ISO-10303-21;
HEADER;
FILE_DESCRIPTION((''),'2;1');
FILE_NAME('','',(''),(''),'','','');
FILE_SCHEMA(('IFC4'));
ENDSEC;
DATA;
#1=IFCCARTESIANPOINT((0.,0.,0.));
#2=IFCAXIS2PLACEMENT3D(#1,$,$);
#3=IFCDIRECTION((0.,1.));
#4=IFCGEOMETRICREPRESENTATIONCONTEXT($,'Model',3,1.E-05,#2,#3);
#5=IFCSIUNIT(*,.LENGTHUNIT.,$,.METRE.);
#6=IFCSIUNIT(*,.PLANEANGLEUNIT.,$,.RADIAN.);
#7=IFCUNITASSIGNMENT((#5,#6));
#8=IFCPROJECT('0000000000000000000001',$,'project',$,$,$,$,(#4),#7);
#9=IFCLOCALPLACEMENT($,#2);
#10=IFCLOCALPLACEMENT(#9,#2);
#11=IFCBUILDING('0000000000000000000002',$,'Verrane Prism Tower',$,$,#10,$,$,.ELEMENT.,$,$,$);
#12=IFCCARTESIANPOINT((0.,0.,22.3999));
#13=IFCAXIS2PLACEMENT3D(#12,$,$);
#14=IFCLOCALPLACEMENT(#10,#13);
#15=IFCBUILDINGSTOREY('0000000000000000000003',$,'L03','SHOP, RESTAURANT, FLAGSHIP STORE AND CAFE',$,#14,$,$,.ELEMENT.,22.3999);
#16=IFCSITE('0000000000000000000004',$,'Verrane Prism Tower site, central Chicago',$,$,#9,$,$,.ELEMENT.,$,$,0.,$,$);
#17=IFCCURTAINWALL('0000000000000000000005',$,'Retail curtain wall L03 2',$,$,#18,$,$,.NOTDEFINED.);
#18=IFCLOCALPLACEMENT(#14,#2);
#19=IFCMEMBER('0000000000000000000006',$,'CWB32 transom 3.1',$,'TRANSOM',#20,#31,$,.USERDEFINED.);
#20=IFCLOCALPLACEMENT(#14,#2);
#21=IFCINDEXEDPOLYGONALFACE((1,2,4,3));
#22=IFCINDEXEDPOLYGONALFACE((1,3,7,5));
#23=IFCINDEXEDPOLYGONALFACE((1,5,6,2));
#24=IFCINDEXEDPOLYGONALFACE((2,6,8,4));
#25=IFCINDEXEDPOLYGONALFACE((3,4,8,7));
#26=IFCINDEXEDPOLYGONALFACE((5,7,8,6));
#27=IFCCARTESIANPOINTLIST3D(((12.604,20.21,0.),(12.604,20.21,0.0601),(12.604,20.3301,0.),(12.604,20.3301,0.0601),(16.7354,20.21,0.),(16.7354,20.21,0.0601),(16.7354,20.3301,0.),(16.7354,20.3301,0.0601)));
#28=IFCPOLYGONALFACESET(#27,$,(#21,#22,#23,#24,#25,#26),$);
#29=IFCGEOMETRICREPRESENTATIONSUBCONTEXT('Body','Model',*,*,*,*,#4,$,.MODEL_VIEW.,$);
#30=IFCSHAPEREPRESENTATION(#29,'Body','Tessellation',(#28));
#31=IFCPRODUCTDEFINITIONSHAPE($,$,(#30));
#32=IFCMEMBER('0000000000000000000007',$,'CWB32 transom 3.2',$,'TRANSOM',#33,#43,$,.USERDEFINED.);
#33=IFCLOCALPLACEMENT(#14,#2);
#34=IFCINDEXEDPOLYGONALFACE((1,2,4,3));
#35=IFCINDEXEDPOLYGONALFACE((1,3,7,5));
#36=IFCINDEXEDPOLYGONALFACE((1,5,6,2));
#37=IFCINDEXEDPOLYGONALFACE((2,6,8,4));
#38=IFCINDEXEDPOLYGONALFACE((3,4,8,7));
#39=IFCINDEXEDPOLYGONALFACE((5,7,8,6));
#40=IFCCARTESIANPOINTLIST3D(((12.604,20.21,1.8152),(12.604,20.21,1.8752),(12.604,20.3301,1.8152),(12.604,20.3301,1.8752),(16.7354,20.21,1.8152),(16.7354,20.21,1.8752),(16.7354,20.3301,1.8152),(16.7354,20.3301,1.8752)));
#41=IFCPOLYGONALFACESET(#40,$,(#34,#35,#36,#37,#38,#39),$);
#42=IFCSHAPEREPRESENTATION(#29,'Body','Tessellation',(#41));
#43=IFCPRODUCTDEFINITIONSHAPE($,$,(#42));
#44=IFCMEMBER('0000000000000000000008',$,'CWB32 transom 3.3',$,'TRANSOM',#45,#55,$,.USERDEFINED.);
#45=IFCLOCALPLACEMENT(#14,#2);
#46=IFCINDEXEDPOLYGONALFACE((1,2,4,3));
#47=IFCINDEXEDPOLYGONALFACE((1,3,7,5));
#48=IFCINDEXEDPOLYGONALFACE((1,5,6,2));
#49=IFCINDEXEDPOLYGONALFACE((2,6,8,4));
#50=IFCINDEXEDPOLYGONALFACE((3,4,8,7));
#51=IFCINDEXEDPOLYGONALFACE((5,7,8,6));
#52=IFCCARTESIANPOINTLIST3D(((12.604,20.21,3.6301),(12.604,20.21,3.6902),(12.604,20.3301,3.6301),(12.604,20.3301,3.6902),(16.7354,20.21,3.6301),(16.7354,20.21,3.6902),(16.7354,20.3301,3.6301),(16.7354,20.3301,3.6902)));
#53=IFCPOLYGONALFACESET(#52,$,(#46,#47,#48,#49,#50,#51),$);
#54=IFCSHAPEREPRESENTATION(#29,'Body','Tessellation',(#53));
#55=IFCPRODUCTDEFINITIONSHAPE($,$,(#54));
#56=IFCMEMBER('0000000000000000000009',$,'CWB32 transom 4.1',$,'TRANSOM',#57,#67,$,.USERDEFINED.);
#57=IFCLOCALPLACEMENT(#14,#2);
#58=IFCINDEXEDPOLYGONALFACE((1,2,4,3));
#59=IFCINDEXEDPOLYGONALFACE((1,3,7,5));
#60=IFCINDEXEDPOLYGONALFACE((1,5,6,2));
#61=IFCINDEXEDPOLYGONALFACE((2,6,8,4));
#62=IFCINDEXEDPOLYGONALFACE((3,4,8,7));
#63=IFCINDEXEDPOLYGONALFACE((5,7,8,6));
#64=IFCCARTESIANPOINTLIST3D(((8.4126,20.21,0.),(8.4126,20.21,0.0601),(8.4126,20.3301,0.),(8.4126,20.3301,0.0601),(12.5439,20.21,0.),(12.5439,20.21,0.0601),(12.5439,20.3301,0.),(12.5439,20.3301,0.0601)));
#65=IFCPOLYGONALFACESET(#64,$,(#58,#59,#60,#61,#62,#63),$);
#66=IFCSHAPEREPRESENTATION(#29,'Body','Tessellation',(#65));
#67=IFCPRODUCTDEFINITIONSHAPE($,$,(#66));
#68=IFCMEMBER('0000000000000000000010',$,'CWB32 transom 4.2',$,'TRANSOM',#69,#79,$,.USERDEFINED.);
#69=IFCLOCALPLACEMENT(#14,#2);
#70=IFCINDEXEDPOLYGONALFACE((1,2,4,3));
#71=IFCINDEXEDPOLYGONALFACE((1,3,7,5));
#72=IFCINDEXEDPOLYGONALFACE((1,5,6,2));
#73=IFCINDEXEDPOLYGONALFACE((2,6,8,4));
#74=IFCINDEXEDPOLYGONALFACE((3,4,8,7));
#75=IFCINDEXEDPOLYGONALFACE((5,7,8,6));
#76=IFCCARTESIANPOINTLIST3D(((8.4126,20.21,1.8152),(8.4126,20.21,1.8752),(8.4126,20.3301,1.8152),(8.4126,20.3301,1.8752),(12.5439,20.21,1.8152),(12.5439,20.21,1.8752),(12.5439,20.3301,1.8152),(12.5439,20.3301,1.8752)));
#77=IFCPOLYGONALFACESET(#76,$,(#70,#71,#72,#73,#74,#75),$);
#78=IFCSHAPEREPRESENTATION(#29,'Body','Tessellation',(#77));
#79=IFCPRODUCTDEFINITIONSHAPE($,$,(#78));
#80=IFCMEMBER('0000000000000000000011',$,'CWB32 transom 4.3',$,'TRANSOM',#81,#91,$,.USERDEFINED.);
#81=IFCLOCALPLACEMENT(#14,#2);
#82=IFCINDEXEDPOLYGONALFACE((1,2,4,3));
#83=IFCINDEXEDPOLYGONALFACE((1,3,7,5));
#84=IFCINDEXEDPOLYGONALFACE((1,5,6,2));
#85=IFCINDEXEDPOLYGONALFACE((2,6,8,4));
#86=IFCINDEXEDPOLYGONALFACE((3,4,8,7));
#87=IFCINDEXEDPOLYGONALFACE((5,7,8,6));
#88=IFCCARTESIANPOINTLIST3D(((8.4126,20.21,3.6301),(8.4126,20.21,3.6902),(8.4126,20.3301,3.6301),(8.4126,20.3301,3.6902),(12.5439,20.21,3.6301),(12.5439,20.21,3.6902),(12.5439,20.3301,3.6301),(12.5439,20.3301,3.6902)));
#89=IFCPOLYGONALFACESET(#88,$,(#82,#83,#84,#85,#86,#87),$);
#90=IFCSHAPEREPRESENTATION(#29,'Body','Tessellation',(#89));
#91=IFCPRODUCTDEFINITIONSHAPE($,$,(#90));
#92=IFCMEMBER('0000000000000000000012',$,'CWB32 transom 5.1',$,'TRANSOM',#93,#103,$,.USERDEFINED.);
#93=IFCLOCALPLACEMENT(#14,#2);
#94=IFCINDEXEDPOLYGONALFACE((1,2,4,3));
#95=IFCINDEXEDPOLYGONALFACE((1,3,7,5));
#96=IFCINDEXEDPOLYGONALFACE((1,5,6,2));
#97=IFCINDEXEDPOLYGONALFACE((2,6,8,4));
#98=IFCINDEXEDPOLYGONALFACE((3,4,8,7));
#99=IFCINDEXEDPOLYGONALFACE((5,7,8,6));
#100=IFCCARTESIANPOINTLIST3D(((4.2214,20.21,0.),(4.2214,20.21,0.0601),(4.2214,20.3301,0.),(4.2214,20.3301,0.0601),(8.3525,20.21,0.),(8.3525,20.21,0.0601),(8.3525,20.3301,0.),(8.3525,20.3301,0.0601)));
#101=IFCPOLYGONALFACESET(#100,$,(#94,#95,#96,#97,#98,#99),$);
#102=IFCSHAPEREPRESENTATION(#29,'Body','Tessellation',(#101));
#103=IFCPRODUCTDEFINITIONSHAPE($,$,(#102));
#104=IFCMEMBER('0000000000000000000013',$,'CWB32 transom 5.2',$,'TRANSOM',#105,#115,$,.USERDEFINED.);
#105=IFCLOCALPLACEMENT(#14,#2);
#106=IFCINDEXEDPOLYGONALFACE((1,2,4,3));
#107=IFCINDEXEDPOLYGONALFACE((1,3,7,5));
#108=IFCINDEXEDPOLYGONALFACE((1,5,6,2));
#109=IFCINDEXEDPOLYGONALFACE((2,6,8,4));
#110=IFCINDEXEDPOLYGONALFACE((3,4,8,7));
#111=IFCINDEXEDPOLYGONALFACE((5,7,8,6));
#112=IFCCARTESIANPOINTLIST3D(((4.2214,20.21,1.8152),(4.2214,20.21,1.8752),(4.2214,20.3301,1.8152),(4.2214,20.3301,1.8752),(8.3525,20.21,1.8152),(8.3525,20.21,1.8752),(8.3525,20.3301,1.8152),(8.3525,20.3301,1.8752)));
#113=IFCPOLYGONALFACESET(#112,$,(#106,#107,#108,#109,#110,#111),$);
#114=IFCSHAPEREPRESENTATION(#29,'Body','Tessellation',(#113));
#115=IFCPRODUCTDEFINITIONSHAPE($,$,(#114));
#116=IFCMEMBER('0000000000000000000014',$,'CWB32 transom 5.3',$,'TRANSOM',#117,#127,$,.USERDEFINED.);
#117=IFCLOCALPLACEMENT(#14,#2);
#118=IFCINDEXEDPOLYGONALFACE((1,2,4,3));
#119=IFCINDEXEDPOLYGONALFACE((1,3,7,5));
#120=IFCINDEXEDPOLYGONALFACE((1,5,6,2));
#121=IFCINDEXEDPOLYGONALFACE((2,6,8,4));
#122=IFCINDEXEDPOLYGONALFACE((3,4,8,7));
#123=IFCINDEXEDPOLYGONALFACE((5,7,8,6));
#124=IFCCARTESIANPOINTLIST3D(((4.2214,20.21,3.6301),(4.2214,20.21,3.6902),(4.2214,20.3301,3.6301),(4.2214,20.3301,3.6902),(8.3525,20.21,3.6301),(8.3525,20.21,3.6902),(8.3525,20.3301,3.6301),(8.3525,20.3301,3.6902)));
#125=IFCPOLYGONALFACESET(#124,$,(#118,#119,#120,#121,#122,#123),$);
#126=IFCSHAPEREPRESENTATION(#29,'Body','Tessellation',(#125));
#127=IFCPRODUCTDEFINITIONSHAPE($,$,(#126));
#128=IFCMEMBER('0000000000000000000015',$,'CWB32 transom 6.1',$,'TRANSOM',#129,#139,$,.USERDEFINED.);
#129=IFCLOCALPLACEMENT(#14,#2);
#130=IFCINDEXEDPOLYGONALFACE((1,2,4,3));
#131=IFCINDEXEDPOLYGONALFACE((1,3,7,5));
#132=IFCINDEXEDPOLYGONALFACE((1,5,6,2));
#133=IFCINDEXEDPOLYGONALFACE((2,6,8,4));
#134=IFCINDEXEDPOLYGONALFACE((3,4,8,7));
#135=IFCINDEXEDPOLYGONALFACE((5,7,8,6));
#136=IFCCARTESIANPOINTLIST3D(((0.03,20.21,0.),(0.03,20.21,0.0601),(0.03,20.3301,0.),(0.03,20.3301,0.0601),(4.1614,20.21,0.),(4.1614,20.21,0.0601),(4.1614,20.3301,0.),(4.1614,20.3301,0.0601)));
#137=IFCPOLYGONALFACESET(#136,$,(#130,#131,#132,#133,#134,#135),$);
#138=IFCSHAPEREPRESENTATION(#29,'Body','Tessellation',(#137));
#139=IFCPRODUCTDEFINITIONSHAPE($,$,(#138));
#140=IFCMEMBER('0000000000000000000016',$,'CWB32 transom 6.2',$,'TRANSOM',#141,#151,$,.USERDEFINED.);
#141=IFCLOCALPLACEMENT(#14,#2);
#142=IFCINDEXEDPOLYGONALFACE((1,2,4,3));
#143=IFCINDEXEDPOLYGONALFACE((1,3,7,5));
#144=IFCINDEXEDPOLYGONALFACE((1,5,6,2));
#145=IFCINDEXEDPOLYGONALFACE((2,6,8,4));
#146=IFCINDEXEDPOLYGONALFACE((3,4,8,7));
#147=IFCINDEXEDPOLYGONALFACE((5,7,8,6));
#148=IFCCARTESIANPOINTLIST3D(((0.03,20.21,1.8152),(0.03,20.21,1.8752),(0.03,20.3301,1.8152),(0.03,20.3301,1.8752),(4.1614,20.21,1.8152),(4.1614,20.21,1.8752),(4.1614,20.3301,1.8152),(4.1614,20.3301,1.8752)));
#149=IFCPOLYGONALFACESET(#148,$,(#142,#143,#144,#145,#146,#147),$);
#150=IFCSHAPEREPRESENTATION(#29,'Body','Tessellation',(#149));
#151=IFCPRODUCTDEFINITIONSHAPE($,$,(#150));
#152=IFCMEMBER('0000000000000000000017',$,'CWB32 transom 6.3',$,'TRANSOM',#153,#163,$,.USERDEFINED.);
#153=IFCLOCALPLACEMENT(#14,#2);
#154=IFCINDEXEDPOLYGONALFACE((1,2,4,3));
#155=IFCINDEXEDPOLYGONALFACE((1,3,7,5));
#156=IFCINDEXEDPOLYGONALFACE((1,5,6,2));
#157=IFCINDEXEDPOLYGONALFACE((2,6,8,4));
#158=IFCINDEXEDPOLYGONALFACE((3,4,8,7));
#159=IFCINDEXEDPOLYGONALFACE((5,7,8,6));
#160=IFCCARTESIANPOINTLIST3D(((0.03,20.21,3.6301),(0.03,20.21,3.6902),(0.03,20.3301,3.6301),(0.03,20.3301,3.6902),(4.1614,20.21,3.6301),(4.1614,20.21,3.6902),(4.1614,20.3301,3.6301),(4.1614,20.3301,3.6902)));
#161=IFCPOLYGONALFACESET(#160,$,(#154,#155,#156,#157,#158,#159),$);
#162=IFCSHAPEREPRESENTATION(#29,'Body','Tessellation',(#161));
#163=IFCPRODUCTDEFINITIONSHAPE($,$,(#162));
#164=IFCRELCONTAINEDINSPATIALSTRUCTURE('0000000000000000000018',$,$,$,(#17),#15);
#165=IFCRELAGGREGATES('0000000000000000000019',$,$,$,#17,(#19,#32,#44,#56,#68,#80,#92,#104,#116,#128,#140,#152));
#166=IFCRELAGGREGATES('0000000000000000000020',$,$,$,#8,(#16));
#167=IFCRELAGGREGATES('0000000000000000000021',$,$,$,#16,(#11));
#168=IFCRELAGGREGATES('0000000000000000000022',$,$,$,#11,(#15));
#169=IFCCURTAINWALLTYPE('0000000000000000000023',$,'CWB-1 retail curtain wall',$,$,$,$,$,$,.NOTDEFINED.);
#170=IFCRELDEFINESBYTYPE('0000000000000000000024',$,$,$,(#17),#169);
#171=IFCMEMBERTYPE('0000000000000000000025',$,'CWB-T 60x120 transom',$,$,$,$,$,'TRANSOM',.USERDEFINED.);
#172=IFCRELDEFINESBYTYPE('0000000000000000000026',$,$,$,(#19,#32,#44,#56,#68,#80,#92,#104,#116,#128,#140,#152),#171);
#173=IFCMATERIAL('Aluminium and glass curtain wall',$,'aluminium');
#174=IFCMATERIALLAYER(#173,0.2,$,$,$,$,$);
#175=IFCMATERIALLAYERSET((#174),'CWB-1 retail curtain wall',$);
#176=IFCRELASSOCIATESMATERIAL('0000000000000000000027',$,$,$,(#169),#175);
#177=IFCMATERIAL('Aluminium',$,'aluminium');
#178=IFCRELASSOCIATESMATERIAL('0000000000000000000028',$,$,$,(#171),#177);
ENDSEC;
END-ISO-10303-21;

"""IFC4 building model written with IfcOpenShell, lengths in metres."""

from ifc_helpers import new_model, si_unit, direction, frame, origin, origin_2d, place, context, subcontext, project, spatial, rectangle, extrude, material, layer, layer_set, material_profile, profile_set, type_object, element, aggregate, save


model = new_model("IFC4")

# Units and contexts
model_context = context("Model", 3, precision=1e-05, world=origin(), true_north=direction((0.0, 1.0)))
body_context = subcontext(model_context, "Body", "Model", "MODEL_VIEW")
ifc_project = project(units=[si_unit("LENGTHUNIT", "METRE"), si_unit("PLANEANGLEUNIT", "RADIAN")], contexts=[model_context])

# Site, building, storey
site_placement = place(None, origin())
site = spatial("IfcSite", under=ifc_project, at=site_placement, Name="Verrane Prism Tower site, central Chicago", CompositionType="ELEMENT", RefElevation=0.0)
building_placement = place(site_placement, origin())
building = spatial("IfcBuilding", under=site, at=building_placement, Name="Verrane Prism Tower", CompositionType="ELEMENT")
storey_placement = place(building_placement, frame((0.0, 0.0, 22.3999)))
storey = spatial("IfcBuildingStorey", under=building, at=storey_placement, Name="L03", Description="SHOP, RESTAURANT, FLAGSHIP STORE AND CAFE", CompositionType="ELEMENT", Elevation=22.3999)

# Curtain wall, members
ifc_material_1 = material(Name="Aluminium and glass curtain wall", Category="aluminium")
ifc_layer_1 = layer(ifc_material_1, 0.2)
ifc_layer_set_1 = layer_set([ifc_layer_1], Name="CWB-1 retail curtain wall")
curtain_wall_type = type_object("IfcCurtainWallType", Name="CWB-1 retail curtain wall", PredefinedType="NOTDEFINED", material=ifc_layer_set_1)
curtain_wall_placement = place(storey_placement, origin())
curtain_wall = element("IfcCurtainWall", 1, at=curtain_wall_placement, inside=storey, type_object=curtain_wall_type, Name="Retail curtain wall L03 2", PredefinedType="NOTDEFINED")
ifc_material_2 = material(Name="Aluminium", Category="aluminium")
ifc_material_profile_1 = material_profile(ifc_material_2, rectangle(XDim=0.1201, YDim=0.0601, at=origin_2d()), Name="CWB-T 60x120 transom")
ifc_profile_set_1 = profile_set([ifc_material_profile_1], Name="Aluminium")
member_type_1 = type_object("IfcMemberType", Name="CWB-T 60x120 transom", ElementType="TRANSOM", PredefinedType="USERDEFINED", material=ifc_profile_set_1)
member_1_placement = place(storey_placement, frame((16.7354, 20.27, 0.03), z_axis=(-1.0, 0.0, 0.0), x_axis=(0.0, -1.0, 0.0)))
member_1 = element("IfcMember", 2, at=member_1_placement, type_object=member_type_1, Name="CWB32 transom 3.1", ObjectType="TRANSOM", PredefinedType="USERDEFINED", context=body_context, shape_type="SweptSolid", body=[
    extrude(rectangle(XDim=0.1201, YDim=0.0601, at=origin_2d()), origin(), (0.0, 0.0, 1.0), 4.1313),
])
member_2_placement = place(storey_placement, frame((16.7354, 20.27, 1.8452), z_axis=(-1.0, 0.0, 0.0), x_axis=(0.0, -1.0, 0.0)))
member_2 = element("IfcMember", 3, at=member_2_placement, type_object=member_type_1, Name="CWB32 transom 3.2", ObjectType="TRANSOM", PredefinedType="USERDEFINED", context=body_context, shape_type="SweptSolid", body=[
    extrude(rectangle(XDim=0.1201, YDim=0.0601, at=origin_2d()), origin(), (0.0, 0.0, 1.0), 4.1313),
])
member_3_placement = place(storey_placement, frame((16.7354, 20.27, 3.6602), z_axis=(-1.0, 0.0, 0.0), x_axis=(0.0, -1.0, 0.0)))
member_3 = element("IfcMember", 4, at=member_3_placement, type_object=member_type_1, Name="CWB32 transom 3.3", ObjectType="TRANSOM", PredefinedType="USERDEFINED", context=body_context, shape_type="SweptSolid", body=[
    extrude(rectangle(XDim=0.1201, YDim=0.0601, at=origin_2d()), origin(), (0.0, 0.0, 1.0), 4.1313),
])
member_4_placement = place(storey_placement, frame((12.5439, 20.27, 0.03), z_axis=(-1.0, 0.0, 0.0), x_axis=(0.0, -1.0, 0.0)))
member_4 = element("IfcMember", 5, at=member_4_placement, type_object=member_type_1, Name="CWB32 transom 4.1", ObjectType="TRANSOM", PredefinedType="USERDEFINED", context=body_context, shape_type="SweptSolid", body=[
    extrude(rectangle(XDim=0.1201, YDim=0.0601, at=origin_2d()), origin(), (0.0, 0.0, 1.0), 4.1313),
])
member_5_placement = place(storey_placement, frame((12.5439, 20.27, 1.8452), z_axis=(-1.0, 0.0, 0.0), x_axis=(0.0, -1.0, 0.0)))
member_5 = element("IfcMember", 6, at=member_5_placement, type_object=member_type_1, Name="CWB32 transom 4.2", ObjectType="TRANSOM", PredefinedType="USERDEFINED", context=body_context, shape_type="SweptSolid", body=[
    extrude(rectangle(XDim=0.1201, YDim=0.0601, at=origin_2d()), origin(), (0.0, 0.0, 1.0), 4.1313),
])
member_6_placement = place(storey_placement, frame((12.5439, 20.27, 3.6602), z_axis=(-1.0, 0.0, 0.0), x_axis=(0.0, -1.0, 0.0)))
member_6 = element("IfcMember", 7, at=member_6_placement, type_object=member_type_1, Name="CWB32 transom 4.3", ObjectType="TRANSOM", PredefinedType="USERDEFINED", context=body_context, shape_type="SweptSolid", body=[
    extrude(rectangle(XDim=0.1201, YDim=0.0601, at=origin_2d()), origin(), (0.0, 0.0, 1.0), 4.1313),
])
member_7_placement = place(storey_placement, frame((8.3525, 20.27, 0.03), z_axis=(-1.0, 0.0, 0.0), x_axis=(0.0, -1.0, 0.0)))
member_7 = element("IfcMember", 8, at=member_7_placement, type_object=member_type_1, Name="CWB32 transom 5.1", ObjectType="TRANSOM", PredefinedType="USERDEFINED", context=body_context, shape_type="SweptSolid", body=[
    extrude(rectangle(XDim=0.1201, YDim=0.0601, at=origin_2d()), origin(), (0.0, 0.0, 1.0), 4.1311),
])
member_8_placement = place(storey_placement, frame((8.3525, 20.27, 1.8452), z_axis=(-1.0, 0.0, 0.0), x_axis=(0.0, -1.0, 0.0)))
member_8 = element("IfcMember", 9, at=member_8_placement, type_object=member_type_1, Name="CWB32 transom 5.2", ObjectType="TRANSOM", PredefinedType="USERDEFINED", context=body_context, shape_type="SweptSolid", body=[
    extrude(rectangle(XDim=0.1201, YDim=0.0601, at=origin_2d()), origin(), (0.0, 0.0, 1.0), 4.1311),
])
member_9_placement = place(storey_placement, frame((8.3525, 20.27, 3.6602), z_axis=(-1.0, 0.0, 0.0), x_axis=(0.0, -1.0, 0.0)))
member_9 = element("IfcMember", 10, at=member_9_placement, type_object=member_type_1, Name="CWB32 transom 5.3", ObjectType="TRANSOM", PredefinedType="USERDEFINED", context=body_context, shape_type="SweptSolid", body=[
    extrude(rectangle(XDim=0.1201, YDim=0.0601, at=origin_2d()), origin(), (0.0, 0.0, 1.0), 4.1311),
])
member_10_placement = place(storey_placement, frame((4.1614, 20.27, 0.03), z_axis=(-1.0, 0.0, 0.0), x_axis=(0.0, -1.0, 0.0)))
member_10 = element("IfcMember", 11, at=member_10_placement, type_object=member_type_1, Name="CWB32 transom 6.1", ObjectType="TRANSOM", PredefinedType="USERDEFINED", context=body_context, shape_type="SweptSolid", body=[
    extrude(rectangle(XDim=0.1201, YDim=0.0601, at=origin_2d()), origin(), (0.0, 0.0, 1.0), 4.1313),
])
member_11_placement = place(storey_placement, frame((4.1614, 20.27, 1.8452), z_axis=(-1.0, 0.0, 0.0), x_axis=(0.0, -1.0, 0.0)))
member_11 = element("IfcMember", 12, at=member_11_placement, type_object=member_type_1, Name="CWB32 transom 6.2", ObjectType="TRANSOM", PredefinedType="USERDEFINED", context=body_context, shape_type="SweptSolid", body=[
    extrude(rectangle(XDim=0.1201, YDim=0.0601, at=origin_2d()), origin(), (0.0, 0.0, 1.0), 4.1313),
])
member_12_placement = place(storey_placement, frame((4.1614, 20.27, 3.6602), z_axis=(-1.0, 0.0, 0.0), x_axis=(0.0, -1.0, 0.0)))
member_12 = element("IfcMember", 13, at=member_12_placement, type_object=member_type_1, Name="CWB32 transom 6.3", ObjectType="TRANSOM", PredefinedType="USERDEFINED", context=body_context, shape_type="SweptSolid", body=[
    extrude(rectangle(XDim=0.1201, YDim=0.0601, at=origin_2d()), origin(), (0.0, 0.0, 1.0), 4.1313),
])

aggregate(curtain_wall, [member_1, member_2, member_3, member_4, member_5, member_6, member_7, member_8, member_9, member_10, member_11, member_12])

save(model, "model.ifc")
